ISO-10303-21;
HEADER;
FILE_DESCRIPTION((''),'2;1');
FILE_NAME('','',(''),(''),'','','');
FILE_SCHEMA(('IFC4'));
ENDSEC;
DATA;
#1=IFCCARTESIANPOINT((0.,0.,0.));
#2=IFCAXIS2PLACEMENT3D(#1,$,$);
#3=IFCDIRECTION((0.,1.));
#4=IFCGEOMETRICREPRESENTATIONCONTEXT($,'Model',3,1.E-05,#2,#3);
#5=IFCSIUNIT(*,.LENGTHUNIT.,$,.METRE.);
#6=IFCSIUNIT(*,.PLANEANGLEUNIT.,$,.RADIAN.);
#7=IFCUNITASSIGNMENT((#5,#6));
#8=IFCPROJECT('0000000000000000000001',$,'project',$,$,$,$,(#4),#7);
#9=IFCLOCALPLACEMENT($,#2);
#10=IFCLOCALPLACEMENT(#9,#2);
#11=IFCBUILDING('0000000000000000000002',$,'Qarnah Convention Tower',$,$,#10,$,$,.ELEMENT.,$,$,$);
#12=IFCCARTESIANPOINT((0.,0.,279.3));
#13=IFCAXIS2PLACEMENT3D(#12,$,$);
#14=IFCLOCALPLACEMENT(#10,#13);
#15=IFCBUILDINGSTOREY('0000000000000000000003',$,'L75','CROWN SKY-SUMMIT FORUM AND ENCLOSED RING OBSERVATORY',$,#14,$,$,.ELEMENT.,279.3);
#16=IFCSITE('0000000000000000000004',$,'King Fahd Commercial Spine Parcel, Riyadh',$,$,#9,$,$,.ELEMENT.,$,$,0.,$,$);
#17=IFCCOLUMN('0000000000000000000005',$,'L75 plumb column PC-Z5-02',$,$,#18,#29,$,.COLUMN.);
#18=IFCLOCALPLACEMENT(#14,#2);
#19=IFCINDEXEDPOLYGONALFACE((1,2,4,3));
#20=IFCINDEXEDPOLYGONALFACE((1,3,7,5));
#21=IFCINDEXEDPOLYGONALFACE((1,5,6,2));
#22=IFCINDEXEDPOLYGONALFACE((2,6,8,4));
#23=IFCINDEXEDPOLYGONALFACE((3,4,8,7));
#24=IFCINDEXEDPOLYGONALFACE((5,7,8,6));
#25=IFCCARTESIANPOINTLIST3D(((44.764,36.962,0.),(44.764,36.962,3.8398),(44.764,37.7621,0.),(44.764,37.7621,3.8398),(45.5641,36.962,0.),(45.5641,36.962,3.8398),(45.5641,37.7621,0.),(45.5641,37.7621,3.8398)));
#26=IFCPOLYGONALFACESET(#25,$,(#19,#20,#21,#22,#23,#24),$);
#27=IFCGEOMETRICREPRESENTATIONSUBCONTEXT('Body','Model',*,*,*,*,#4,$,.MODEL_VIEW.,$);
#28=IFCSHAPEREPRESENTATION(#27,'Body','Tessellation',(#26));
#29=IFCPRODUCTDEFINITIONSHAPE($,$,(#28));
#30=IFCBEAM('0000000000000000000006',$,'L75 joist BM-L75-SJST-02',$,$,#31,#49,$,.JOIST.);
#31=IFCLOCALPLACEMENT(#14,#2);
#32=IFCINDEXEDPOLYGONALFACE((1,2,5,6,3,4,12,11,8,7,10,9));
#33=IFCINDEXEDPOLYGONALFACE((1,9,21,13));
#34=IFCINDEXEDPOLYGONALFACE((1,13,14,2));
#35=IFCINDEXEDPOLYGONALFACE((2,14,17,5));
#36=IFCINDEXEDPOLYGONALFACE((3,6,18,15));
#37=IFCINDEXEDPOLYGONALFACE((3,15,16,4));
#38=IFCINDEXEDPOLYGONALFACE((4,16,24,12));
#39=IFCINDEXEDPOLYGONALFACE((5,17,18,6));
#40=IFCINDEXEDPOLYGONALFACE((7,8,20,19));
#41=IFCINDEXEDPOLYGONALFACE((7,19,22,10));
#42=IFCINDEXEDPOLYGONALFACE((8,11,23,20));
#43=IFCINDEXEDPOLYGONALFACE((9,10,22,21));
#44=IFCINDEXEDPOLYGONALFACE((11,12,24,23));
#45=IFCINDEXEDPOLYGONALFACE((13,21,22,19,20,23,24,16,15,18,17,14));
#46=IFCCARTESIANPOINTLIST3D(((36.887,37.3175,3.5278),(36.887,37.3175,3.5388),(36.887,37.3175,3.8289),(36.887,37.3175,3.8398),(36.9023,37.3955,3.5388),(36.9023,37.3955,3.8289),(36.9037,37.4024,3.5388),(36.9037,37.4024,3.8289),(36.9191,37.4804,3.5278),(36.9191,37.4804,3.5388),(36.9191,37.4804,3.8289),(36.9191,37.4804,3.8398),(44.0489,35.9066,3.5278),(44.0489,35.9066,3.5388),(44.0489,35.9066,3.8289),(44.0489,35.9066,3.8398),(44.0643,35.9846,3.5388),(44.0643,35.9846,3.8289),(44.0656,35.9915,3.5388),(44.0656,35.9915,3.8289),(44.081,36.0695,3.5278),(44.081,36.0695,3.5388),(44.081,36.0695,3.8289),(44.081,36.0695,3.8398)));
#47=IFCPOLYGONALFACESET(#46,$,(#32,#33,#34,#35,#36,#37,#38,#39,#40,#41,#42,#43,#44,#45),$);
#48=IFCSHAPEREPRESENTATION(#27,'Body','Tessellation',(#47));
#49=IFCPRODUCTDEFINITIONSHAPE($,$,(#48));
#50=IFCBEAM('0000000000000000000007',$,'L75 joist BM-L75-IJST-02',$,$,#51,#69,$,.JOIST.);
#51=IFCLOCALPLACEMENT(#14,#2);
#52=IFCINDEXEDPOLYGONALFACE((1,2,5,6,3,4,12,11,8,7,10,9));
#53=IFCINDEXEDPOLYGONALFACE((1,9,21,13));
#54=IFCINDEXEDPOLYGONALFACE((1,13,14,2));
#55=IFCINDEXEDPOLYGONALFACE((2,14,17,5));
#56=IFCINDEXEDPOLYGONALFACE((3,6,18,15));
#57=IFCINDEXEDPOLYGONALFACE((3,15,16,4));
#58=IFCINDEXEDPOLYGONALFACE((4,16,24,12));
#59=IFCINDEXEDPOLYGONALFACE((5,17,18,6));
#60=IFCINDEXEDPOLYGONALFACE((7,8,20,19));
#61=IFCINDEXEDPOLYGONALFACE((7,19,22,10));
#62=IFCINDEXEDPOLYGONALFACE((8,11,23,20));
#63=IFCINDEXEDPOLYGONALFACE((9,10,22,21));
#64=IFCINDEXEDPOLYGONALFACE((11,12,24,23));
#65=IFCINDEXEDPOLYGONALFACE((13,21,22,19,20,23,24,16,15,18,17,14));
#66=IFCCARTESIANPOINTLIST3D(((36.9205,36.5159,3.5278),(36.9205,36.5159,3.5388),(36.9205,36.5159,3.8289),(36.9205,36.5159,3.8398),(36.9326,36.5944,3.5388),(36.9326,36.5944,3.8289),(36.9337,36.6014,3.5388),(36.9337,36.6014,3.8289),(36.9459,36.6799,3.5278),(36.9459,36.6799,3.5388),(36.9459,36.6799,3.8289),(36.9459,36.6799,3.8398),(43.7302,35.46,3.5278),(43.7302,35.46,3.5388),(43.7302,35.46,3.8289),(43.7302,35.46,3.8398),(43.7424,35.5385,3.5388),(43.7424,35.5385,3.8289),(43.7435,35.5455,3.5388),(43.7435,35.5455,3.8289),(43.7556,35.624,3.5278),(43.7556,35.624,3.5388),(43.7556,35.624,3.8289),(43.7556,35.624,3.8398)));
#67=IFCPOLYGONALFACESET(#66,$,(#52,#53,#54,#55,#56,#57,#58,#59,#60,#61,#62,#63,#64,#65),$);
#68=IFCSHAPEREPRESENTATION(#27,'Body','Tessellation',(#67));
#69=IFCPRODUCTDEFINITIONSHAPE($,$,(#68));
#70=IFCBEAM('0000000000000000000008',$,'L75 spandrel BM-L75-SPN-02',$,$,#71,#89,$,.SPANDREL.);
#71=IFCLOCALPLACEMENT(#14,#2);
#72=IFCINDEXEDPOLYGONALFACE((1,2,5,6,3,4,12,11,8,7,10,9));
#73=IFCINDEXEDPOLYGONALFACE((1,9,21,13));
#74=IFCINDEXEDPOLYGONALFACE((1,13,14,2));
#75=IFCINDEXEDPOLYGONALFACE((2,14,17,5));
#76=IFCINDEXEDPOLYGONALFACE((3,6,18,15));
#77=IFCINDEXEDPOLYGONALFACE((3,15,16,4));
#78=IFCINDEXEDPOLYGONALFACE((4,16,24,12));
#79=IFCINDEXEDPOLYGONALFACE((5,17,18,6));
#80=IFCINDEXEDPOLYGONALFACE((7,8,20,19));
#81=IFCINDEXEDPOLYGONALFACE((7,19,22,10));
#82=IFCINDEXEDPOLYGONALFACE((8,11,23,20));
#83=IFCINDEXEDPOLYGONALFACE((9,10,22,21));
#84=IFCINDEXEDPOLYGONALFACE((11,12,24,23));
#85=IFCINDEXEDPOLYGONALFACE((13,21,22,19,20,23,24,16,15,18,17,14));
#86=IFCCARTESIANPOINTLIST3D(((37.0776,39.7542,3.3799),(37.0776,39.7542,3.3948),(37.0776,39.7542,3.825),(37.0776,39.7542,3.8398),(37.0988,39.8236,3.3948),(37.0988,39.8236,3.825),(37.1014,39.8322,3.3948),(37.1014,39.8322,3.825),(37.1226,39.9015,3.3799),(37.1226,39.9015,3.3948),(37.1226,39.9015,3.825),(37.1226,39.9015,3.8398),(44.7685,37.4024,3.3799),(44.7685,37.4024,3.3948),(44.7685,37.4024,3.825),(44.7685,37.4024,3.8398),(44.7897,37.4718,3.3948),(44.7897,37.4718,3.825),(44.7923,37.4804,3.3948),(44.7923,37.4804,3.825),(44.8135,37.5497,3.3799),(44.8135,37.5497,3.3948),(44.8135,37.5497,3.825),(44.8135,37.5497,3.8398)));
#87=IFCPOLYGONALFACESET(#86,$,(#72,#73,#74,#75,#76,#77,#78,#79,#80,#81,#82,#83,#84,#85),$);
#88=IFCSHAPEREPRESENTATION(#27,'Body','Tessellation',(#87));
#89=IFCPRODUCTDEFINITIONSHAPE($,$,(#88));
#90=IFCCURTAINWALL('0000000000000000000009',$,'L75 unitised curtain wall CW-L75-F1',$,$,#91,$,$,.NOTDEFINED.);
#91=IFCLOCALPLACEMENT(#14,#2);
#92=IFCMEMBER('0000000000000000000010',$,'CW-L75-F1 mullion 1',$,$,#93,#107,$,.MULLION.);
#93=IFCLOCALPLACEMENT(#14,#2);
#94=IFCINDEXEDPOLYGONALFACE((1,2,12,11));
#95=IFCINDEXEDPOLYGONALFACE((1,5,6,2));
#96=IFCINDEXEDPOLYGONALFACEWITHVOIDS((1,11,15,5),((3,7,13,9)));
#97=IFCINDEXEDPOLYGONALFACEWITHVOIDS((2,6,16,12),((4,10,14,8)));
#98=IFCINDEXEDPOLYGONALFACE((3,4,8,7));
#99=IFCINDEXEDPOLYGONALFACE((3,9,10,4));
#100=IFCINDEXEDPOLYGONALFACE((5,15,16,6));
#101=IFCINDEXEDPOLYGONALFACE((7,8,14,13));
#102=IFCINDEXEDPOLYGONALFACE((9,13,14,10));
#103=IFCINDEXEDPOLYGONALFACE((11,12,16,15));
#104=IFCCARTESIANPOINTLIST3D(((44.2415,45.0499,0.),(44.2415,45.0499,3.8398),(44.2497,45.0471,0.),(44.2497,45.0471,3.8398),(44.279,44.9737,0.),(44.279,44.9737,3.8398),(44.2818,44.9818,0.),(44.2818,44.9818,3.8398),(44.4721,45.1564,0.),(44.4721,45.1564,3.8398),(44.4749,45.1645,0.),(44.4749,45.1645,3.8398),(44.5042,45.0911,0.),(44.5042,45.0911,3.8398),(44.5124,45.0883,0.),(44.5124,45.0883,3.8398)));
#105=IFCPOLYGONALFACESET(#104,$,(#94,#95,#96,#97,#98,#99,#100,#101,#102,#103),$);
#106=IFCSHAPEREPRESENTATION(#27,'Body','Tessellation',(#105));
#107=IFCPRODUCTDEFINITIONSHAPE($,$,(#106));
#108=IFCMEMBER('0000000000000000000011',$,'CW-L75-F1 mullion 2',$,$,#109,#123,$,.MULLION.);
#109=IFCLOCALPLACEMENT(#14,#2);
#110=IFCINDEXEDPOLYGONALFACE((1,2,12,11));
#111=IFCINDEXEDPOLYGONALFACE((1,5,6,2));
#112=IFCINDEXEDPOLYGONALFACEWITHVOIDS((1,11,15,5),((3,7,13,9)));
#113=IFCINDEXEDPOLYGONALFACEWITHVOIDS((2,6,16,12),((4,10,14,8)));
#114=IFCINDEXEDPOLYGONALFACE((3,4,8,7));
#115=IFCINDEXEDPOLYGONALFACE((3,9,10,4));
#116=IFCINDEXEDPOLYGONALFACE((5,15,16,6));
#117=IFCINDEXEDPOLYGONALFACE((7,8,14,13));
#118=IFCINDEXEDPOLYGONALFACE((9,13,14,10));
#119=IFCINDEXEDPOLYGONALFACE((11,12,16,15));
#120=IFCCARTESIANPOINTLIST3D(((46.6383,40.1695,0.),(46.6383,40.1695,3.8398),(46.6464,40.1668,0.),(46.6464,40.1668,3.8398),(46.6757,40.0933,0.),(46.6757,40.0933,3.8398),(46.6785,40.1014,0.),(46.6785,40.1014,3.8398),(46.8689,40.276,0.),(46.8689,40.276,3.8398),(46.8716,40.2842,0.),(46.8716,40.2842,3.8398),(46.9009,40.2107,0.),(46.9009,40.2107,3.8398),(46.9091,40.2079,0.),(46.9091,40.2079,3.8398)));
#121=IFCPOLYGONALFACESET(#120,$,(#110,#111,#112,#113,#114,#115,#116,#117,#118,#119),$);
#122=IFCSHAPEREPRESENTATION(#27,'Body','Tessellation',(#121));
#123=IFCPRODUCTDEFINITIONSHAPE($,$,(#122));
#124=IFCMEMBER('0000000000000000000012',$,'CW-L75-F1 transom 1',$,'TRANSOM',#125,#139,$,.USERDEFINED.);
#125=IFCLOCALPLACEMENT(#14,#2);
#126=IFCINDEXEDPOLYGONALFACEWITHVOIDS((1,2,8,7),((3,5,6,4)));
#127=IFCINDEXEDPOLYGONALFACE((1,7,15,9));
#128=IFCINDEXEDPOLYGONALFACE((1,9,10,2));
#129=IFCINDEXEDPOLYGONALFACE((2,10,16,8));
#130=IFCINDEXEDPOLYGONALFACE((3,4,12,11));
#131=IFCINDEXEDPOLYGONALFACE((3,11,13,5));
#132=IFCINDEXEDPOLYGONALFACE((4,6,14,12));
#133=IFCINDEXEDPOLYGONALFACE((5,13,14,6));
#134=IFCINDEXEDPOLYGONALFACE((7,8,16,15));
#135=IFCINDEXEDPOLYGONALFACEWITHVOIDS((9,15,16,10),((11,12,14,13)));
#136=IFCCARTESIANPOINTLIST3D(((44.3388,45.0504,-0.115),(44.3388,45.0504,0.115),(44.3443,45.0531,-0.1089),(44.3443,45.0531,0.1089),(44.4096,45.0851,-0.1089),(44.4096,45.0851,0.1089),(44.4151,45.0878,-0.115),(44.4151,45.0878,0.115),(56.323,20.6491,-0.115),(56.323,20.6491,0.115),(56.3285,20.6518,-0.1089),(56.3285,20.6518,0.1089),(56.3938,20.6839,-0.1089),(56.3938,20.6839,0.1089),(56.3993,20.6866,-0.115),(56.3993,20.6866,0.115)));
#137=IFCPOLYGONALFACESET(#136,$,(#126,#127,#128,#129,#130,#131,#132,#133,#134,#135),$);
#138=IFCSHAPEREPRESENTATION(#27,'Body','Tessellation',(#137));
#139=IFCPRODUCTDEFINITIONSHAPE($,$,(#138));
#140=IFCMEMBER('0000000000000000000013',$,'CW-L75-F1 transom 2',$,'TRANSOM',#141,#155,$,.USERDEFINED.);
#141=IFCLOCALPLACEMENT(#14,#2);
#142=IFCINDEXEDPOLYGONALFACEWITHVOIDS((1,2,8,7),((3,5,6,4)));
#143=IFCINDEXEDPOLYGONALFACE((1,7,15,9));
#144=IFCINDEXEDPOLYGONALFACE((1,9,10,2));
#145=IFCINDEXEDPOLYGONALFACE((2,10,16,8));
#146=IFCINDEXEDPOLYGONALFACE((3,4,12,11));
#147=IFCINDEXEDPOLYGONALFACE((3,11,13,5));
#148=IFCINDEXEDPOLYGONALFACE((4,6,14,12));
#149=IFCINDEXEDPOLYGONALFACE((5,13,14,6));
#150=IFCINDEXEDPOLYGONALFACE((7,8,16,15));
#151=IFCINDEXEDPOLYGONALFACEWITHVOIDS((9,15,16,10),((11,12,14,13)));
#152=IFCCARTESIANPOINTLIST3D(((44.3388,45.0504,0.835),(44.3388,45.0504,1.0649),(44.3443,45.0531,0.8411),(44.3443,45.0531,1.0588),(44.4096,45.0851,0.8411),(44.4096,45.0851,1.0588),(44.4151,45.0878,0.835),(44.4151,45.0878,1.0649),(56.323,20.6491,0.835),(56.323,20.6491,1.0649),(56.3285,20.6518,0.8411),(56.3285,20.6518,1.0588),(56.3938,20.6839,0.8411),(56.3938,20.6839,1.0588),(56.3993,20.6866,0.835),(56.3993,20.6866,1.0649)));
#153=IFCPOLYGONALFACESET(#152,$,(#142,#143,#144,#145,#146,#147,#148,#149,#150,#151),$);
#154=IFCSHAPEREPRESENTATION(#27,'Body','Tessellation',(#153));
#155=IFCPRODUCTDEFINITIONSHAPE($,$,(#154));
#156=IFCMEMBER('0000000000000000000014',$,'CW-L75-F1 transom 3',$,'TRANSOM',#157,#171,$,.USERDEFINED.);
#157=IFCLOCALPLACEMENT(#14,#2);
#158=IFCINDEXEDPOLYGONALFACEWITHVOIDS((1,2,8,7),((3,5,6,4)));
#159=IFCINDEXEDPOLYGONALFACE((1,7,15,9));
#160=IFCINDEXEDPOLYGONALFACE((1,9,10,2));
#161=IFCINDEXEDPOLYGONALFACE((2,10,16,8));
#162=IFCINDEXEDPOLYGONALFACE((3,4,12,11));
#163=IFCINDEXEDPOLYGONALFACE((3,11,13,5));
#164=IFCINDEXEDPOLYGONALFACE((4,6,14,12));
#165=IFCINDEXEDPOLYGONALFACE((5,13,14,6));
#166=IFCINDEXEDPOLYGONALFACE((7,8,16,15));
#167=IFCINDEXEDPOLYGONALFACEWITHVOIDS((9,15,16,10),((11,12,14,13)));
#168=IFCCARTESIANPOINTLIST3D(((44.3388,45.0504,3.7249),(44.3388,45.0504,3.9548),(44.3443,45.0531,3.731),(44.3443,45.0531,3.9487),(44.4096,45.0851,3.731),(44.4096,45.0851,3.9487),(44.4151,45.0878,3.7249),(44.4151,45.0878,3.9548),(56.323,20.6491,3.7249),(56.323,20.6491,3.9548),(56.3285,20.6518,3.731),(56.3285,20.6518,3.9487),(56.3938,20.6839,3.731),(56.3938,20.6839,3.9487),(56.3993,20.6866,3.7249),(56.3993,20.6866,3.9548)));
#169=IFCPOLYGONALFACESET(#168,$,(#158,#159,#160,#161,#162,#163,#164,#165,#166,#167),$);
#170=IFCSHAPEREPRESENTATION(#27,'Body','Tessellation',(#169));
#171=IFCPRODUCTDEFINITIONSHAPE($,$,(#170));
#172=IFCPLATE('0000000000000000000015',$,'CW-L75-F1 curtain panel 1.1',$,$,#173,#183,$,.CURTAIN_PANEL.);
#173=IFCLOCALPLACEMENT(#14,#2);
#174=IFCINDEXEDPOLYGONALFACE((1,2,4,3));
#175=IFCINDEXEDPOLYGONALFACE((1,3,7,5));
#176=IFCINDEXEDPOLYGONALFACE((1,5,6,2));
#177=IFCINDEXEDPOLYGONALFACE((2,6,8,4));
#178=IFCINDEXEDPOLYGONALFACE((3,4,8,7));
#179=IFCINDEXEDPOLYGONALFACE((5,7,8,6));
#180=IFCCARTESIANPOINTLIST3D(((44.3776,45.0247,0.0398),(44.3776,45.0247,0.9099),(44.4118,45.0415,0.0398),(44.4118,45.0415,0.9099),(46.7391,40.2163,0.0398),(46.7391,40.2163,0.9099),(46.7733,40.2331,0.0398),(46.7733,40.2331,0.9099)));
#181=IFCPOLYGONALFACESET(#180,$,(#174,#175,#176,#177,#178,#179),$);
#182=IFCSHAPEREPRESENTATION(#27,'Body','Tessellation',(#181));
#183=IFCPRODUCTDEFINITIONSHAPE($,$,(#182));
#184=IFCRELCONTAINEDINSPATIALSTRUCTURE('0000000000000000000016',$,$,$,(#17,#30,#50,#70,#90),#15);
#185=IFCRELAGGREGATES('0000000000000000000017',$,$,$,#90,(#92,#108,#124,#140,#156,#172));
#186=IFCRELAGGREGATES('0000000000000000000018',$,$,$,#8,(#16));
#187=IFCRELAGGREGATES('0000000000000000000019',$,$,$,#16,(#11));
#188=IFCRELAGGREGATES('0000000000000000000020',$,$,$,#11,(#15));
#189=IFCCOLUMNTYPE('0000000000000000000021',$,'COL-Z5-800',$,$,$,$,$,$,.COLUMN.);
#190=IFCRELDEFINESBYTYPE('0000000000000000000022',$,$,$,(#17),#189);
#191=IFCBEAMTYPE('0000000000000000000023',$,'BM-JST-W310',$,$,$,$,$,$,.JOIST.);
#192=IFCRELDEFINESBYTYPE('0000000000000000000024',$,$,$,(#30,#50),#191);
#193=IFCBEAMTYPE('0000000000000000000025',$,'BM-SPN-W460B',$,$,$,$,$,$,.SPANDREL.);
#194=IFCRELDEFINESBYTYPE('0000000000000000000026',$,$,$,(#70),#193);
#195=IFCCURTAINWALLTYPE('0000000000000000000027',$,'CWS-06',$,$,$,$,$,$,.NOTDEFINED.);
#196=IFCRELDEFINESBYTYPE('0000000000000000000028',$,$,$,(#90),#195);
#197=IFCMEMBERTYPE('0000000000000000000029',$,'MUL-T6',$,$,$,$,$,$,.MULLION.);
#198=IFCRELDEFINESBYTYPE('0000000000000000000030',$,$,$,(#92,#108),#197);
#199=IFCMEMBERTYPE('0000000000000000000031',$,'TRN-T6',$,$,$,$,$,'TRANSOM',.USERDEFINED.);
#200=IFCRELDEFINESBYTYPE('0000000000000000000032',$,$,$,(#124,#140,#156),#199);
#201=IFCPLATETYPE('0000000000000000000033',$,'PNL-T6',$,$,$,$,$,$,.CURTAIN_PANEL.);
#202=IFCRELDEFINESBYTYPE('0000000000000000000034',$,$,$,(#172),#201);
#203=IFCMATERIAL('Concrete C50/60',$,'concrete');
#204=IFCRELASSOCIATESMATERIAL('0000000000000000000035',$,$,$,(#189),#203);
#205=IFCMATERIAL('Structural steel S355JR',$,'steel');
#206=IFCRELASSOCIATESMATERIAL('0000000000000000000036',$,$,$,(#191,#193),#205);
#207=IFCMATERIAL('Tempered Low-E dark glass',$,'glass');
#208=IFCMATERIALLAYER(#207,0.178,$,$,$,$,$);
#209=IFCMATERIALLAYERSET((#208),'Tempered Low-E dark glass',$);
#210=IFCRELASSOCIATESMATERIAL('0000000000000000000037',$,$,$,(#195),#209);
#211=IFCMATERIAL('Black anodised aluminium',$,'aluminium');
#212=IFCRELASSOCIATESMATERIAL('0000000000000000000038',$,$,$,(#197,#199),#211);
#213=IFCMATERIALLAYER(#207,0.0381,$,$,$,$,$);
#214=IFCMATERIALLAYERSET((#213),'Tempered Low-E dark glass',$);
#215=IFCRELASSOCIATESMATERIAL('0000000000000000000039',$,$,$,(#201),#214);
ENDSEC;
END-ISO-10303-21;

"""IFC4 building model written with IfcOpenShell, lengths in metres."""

from ifc_helpers import new_model, si_unit, direction, frame, origin, origin_2d, place, context, subcontext, project, spatial, rectangle, hollow_rectangle, i_section, extrude, material, layer, layer_set, material_profile, profile_set, type_object, element, aggregate, save


model = new_model("IFC4")

# Units and contexts
model_context = context("Model", 3, precision=1e-05, world=origin(), true_north=direction((0.0, 1.0)))
body_context = subcontext(model_context, "Body", "Model", "MODEL_VIEW")
ifc_project = project(units=[si_unit("LENGTHUNIT", "METRE"), si_unit("PLANEANGLEUNIT", "RADIAN")], contexts=[model_context])

# Site, building, storey
site_placement = place(None, origin())
site = spatial("IfcSite", under=ifc_project, at=site_placement, Name="King Fahd Commercial Spine Parcel, Riyadh", CompositionType="ELEMENT", RefElevation=0.0)
building_placement = place(site_placement, origin())
building = spatial("IfcBuilding", under=site, at=building_placement, Name="Qarnah Convention Tower", CompositionType="ELEMENT")
storey_placement = place(building_placement, frame((0.0, 0.0, 279.3)))
storey = spatial("IfcBuildingStorey", under=building, at=storey_placement, Name="L75", Description="CROWN SKY-SUMMIT FORUM AND ENCLOSED RING OBSERVATORY", CompositionType="ELEMENT", Elevation=279.3)

# Column
ifc_material_1 = material(Name="Concrete C50/60", Category="concrete")
ifc_material_profile_1 = material_profile(ifc_material_1, rectangle(XDim=0.8, YDim=0.8, at=origin_2d()), Name="RC-COL-800X800")
ifc_profile_set_1 = profile_set([ifc_material_profile_1], Name="Concrete C50/60")
column_type = type_object("IfcColumnType", Name="COL-Z5-800", PredefinedType="COLUMN", material=ifc_profile_set_1)
column_placement = place(storey_placement, frame((45.1641, 37.3621, 0.0), z_axis=(0.0, 0.0, 1.0), x_axis=(1.0, 0.0, 0.0)))
element("IfcColumn", 1, at=column_placement, inside=storey, type_object=column_type, Name="L75 plumb column PC-Z5-02", PredefinedType="COLUMN", context=body_context, shape_type="SweptSolid", body=[
    extrude(rectangle(XDim=0.8, YDim=0.8, at=origin_2d()), origin(), (0.0, 0.0, 1.0), 3.8398),
])

# Beams
ifc_material_2 = material(Name="Structural steel S355JR", Category="steel")
ifc_material_profile_2 = material_profile(ifc_material_2, i_section(OverallWidth=0.166, OverallDepth=0.312, WebThickness=0.0071, FlangeThickness=0.011, at=origin_2d()), Name="W310X45")
ifc_profile_set_2 = profile_set([ifc_material_profile_2], Name="Structural steel S355JR")
beam_type_1 = type_object("IfcBeamType", Name="BM-JST-W310", PredefinedType="JOIST", material=ifc_profile_set_2)
beam_1_placement = place(storey_placement, frame((44.0649, 35.988, 3.6838), z_axis=(-0.981143, 0.193285, 0.0), x_axis=(-0.193285, -0.981143, 0.0)))
element("IfcBeam", 2, at=beam_1_placement, inside=storey, type_object=beam_type_1, Name="L75 joist BM-L75-SJST-02", PredefinedType="JOIST", context=body_context, shape_type="SweptSolid", body=[
    extrude(i_section(OverallWidth=0.166, OverallDepth=0.312, WebThickness=0.0071, FlangeThickness=0.011, at=origin_2d()), origin(), (0.0, 0.0, 1.0), 7.2996),
])
beam_2_placement = place(storey_placement, frame((43.7429, 35.542, 3.6838), z_axis=(-0.988191, 0.153226, 0.0), x_axis=(-0.153226, -0.988191, 0.0)))
element("IfcBeam", 3, at=beam_2_placement, inside=storey, type_object=beam_type_1, Name="L75 joist BM-L75-IJST-02", PredefinedType="JOIST", context=body_context, shape_type="SweptSolid", body=[
    extrude(i_section(OverallWidth=0.166, OverallDepth=0.312, WebThickness=0.0071, FlangeThickness=0.011, at=origin_2d()), origin(), (0.0, 0.0, 1.0), 6.8911),
])
ifc_material_profile_3 = material_profile(ifc_material_2, i_section(OverallWidth=0.1541, OverallDepth=0.46, WebThickness=0.009, FlangeThickness=0.0149, at=origin_2d()), Name="W460X68")
ifc_profile_set_3 = profile_set([ifc_material_profile_3], Name="Structural steel S355JR")
beam_type_2 = type_object("IfcBeamType", Name="BM-SPN-W460B", PredefinedType="SPANDREL", material=ifc_profile_set_3)
beam_3_placement = place(storey_placement, frame((44.791, 37.4761, 3.6099), z_axis=(-0.956289, 0.292424, 0.0), x_axis=(-0.292424, -0.956289, 0.0)))
element("IfcBeam", 4, at=beam_3_placement, inside=storey, type_object=beam_type_2, Name="L75 spandrel BM-L75-SPN-02", PredefinedType="SPANDREL", context=body_context, shape_type="SweptSolid", body=[
    extrude(i_section(OverallWidth=0.1541, OverallDepth=0.46, WebThickness=0.009, FlangeThickness=0.0149, at=origin_2d()), origin(), (0.0, 0.0, 1.0), 8.0425),
])

# Curtain wall, members, plate
ifc_material_3 = material(Name="Tempered Low-E dark glass", Category="glass")
ifc_layer_1 = layer(ifc_material_3, 0.178)
ifc_layer_set_1 = layer_set([ifc_layer_1], Name="Tempered Low-E dark glass")
curtain_wall_type = type_object("IfcCurtainWallType", Name="CWS-06", PredefinedType="NOTDEFINED", material=ifc_layer_set_1)
curtain_wall_placement = place(storey_placement, origin())
curtain_wall = element("IfcCurtainWall", 5, at=curtain_wall_placement, inside=storey, type_object=curtain_wall_type, Name="L75 unitised curtain wall CW-L75-F1", PredefinedType="NOTDEFINED")
ifc_material_4 = material(Name="Black anodised aluminium", Category="aluminium")
ifc_material_profile_4 = material_profile(ifc_material_4, hollow_rectangle(XDim=0.085, YDim=0.26, WallThickness=0.0061, at=origin_2d()), Name="MUL-85X260")
ifc_profile_set_4 = profile_set([ifc_material_profile_4], Name="Black anodised aluminium")
member_type_1 = type_object("IfcMemberType", Name="MUL-T6", PredefinedType="MULLION", material=ifc_profile_set_4)
member_1_placement = place(storey_placement, frame((44.377, 45.0691, 0.0), z_axis=(0.0, 0.0, 1.0), x_axis=(0.440831, -0.89759, 0.0)))
member_1 = element("IfcMember", 6, at=member_1_placement, type_object=member_type_1, Name="CW-L75-F1 mullion 1", PredefinedType="MULLION", context=body_context, shape_type="SweptSolid", body=[
    extrude(hollow_rectangle(XDim=0.085, YDim=0.26, WallThickness=0.0061, at=origin_2d()), origin(), (0.0, 0.0, 1.0), 3.8398),
])
member_2_placement = place(storey_placement, frame((46.7737, 40.1887, 0.0), z_axis=(0.0, 0.0, 1.0), x_axis=(0.440831, -0.89759, 0.0)))
member_2 = element("IfcMember", 7, at=member_2_placement, type_object=member_type_1, Name="CW-L75-F1 mullion 2", PredefinedType="MULLION", context=body_context, shape_type="SweptSolid", body=[
    extrude(hollow_rectangle(XDim=0.085, YDim=0.26, WallThickness=0.0061, at=origin_2d()), origin(), (0.0, 0.0, 1.0), 3.8398),
])
ifc_material_profile_5 = material_profile(ifc_material_4, hollow_rectangle(XDim=0.085, YDim=0.23, WallThickness=0.0061, at=origin_2d()), Name="TRN-85X230")
ifc_profile_set_5 = profile_set([ifc_material_profile_5], Name="Black anodised aluminium")
member_type_2 = type_object("IfcMemberType", Name="TRN-T6", ElementType="TRANSOM", PredefinedType="USERDEFINED", material=ifc_profile_set_5)
member_3_placement = place(storey_placement, frame((44.377, 45.0691, 0.0), z_axis=(0.440833, -0.897589, 0.0), x_axis=(0.897589, 0.440833, 0.0)))
member_3 = element("IfcMember", 8, at=member_3_placement, type_object=member_type_2, Name="CW-L75-F1 transom 1", ObjectType="TRANSOM", PredefinedType="USERDEFINED", context=body_context, shape_type="SweptSolid", body=[
    extrude(hollow_rectangle(XDim=0.085, YDim=0.23, WallThickness=0.0061, at=origin_2d()), origin(), (0.0, 0.0, 1.0), 27.1853),
])
member_4_placement = place(storey_placement, frame((44.377, 45.0691, 0.95), z_axis=(0.440833, -0.897589, 0.0), x_axis=(0.897589, 0.440833, 0.0)))
member_4 = element("IfcMember", 9, at=member_4_placement, type_object=member_type_2, Name="CW-L75-F1 transom 2", ObjectType="TRANSOM", PredefinedType="USERDEFINED", context=body_context, shape_type="SweptSolid", body=[
    extrude(hollow_rectangle(XDim=0.085, YDim=0.23, WallThickness=0.0061, at=origin_2d()), origin(), (0.0, 0.0, 1.0), 27.1853),
])
member_5_placement = place(storey_placement, frame((44.377, 45.0691, 3.8398), z_axis=(0.440833, -0.897589, 0.0), x_axis=(0.897589, 0.440833, 0.0)))
member_5 = element("IfcMember", 10, at=member_5_placement, type_object=member_type_2, Name="CW-L75-F1 transom 3", ObjectType="TRANSOM", PredefinedType="USERDEFINED", context=body_context, shape_type="SweptSolid", body=[
    extrude(hollow_rectangle(XDim=0.085, YDim=0.23, WallThickness=0.0061, at=origin_2d()), origin(), (0.0, 0.0, 1.0), 27.1853),
])
ifc_layer_2 = layer(ifc_material_3, 0.0381)
ifc_layer_set_2 = layer_set([ifc_layer_2], Name="Tempered Low-E dark glass")
plate_type_1 = type_object("IfcPlateType", Name="PNL-T6", PredefinedType="CURTAIN_PANEL", material=ifc_layer_set_2)
plate_1_placement = place(storey_placement, frame((45.5754, 42.6289, 0.0398), z_axis=(0.0, 0.0, 1.0), x_axis=(0.440831, -0.89759, 0.0)))
plate_1 = element("IfcPlate", 11, at=plate_1_placement, type_object=plate_type_1, Name="CW-L75-F1 curtain panel 1.1", PredefinedType="CURTAIN_PANEL", context=body_context, shape_type="SweptSolid", body=[
    extrude(rectangle(XDim=5.3569, YDim=0.0381, at=origin_2d()), origin(), (0.0, 0.0, 1.0), 0.8701),
])
aggregate(curtain_wall, [member_1, member_2, member_3, member_4, member_5, plate_1])

save(model, "model.ifc")
